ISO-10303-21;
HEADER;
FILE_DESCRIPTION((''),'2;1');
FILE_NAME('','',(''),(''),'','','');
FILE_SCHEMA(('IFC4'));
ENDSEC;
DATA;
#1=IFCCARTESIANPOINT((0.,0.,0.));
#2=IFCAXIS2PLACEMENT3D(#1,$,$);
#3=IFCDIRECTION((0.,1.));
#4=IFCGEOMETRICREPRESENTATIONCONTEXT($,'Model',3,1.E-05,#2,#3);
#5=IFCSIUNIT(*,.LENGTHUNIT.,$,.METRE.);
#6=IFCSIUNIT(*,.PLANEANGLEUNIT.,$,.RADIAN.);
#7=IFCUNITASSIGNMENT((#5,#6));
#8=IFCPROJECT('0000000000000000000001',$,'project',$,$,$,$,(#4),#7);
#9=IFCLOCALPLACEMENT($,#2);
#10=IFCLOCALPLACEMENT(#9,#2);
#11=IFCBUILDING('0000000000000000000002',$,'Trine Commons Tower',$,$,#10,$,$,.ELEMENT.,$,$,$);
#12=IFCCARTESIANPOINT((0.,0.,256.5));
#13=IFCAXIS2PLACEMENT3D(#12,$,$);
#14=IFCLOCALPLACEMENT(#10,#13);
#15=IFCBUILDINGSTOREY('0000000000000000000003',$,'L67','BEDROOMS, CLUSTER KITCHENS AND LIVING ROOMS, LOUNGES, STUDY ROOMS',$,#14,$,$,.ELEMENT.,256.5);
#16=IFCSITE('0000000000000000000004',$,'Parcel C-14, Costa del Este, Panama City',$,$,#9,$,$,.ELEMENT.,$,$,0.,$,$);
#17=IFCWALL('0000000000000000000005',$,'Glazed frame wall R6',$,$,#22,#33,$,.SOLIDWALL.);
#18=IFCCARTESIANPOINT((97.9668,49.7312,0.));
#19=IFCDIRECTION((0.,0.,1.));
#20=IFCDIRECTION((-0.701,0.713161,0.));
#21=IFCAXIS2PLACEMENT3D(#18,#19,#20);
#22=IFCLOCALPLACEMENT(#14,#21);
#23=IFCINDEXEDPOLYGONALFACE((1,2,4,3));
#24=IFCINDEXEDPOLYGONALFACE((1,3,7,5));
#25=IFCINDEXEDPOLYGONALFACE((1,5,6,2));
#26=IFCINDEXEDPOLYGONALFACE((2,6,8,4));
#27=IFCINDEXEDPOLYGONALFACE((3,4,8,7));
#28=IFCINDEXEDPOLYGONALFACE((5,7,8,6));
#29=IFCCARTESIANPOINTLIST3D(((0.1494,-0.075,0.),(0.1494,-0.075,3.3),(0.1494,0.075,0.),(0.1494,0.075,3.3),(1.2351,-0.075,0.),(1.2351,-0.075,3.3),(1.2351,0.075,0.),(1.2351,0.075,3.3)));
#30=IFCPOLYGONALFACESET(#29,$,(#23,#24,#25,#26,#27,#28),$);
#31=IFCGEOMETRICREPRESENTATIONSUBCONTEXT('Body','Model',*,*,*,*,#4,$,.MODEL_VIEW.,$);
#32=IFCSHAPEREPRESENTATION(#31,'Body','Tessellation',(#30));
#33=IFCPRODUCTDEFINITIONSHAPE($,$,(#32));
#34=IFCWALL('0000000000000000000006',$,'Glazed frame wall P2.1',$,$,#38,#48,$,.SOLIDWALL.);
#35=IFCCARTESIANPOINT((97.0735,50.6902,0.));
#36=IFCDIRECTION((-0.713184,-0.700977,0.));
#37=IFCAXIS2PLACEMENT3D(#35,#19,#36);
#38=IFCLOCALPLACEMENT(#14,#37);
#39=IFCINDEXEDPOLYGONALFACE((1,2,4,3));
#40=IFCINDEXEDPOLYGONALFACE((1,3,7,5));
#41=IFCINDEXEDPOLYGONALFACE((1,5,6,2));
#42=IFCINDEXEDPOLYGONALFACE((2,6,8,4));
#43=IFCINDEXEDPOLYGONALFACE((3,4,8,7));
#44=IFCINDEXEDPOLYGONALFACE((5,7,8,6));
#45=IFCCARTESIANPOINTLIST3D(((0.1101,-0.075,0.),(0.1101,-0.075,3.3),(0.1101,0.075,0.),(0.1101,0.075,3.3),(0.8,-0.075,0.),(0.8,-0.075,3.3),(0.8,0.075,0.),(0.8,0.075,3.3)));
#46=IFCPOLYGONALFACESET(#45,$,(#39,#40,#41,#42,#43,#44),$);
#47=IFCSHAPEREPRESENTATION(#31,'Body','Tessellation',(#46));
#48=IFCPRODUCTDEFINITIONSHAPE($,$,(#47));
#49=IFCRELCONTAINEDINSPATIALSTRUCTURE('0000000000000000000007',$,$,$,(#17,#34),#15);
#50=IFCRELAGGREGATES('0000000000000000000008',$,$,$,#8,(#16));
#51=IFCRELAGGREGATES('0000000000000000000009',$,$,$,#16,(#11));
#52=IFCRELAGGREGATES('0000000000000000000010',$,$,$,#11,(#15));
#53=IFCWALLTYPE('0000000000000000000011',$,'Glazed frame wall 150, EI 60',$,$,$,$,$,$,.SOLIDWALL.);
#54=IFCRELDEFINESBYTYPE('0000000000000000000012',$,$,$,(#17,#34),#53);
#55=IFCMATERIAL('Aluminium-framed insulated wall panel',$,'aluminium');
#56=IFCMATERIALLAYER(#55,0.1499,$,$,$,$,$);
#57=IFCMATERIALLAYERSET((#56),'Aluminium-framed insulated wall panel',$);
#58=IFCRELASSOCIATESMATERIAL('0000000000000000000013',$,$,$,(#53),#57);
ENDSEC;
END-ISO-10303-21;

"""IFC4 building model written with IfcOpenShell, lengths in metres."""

from ifc_helpers import new_model, si_unit, direction, frame, origin, place, context, subcontext, project, spatial, polyline, outline, extrude, material, layer, layer_set, type_object, element, save


model = new_model("IFC4")

# Units and contexts
model_context = context("Model", 3, precision=1e-05, world=origin(), true_north=direction((0.0, 1.0)))
body_context = subcontext(model_context, "Body", "Model", "MODEL_VIEW")
ifc_project = project(units=[si_unit("LENGTHUNIT", "METRE"), si_unit("PLANEANGLEUNIT", "RADIAN")], contexts=[model_context])

# Site, building, storey
site_placement = place(None, origin())
site = spatial("IfcSite", under=ifc_project, at=site_placement, Name="Parcel C-14, Costa del Este, Panama City", CompositionType="ELEMENT", RefElevation=0.0)
building_placement = place(site_placement, origin())
building = spatial("IfcBuilding", under=site, at=building_placement, Name="Trine Commons Tower", CompositionType="ELEMENT")
storey_placement = place(building_placement, frame((0.0, 0.0, 256.5)))
storey = spatial("IfcBuildingStorey", under=building, at=storey_placement, Name="L67", Description="BEDROOMS, CLUSTER KITCHENS AND LIVING ROOMS, LOUNGES, STUDY ROOMS", CompositionType="ELEMENT", Elevation=256.5)

# Walls
ifc_material_1 = material(Name="Aluminium-framed insulated wall panel", Category="aluminium")
ifc_layer_1 = layer(ifc_material_1, 0.1499)
ifc_layer_set_1 = layer_set([ifc_layer_1], Name="Aluminium-framed insulated wall panel")
wall_type_1 = type_object("IfcWallType", Name="Glazed frame wall 150, EI 60", PredefinedType="SOLIDWALL", material=ifc_layer_set_1)
wall_1_placement = place(storey_placement, frame((97.9668, 49.7312, 0.0), z_axis=(0.0, 0.0, 1.0), x_axis=(-0.701, 0.713161, 0.0)))
element("IfcWall", 1, at=wall_1_placement, inside=storey, type_object=wall_type_1, Name="Glazed frame wall R6", PredefinedType="SOLIDWALL", context=body_context, shape_type="SweptSolid", body=[
    extrude(outline(polyline([(0.1494, 0.075), (0.1494, -0.075), (1.2351, -0.075), (1.2351, 0.075), (0.1494, 0.075)])), origin(), (0.0, 0.0, 1.0), 3.3),
])
wall_2_placement = place(storey_placement, frame((97.0735, 50.6902, 0.0), z_axis=(0.0, 0.0, 1.0), x_axis=(-0.713184, -0.700977, 0.0)))
element("IfcWall", 2, at=wall_2_placement, inside=storey, type_object=wall_type_1, Name="Glazed frame wall P2.1", PredefinedType="SOLIDWALL", context=body_context, shape_type="SweptSolid", body=[
    extrude(outline(polyline([(0.1101, -0.075), (0.8, -0.075), (0.8, 0.075), (0.1101, 0.075), (0.1101, -0.075)])), origin(), (0.0, 0.0, 1.0), 3.3),
])

save(model, "model.ifc")
